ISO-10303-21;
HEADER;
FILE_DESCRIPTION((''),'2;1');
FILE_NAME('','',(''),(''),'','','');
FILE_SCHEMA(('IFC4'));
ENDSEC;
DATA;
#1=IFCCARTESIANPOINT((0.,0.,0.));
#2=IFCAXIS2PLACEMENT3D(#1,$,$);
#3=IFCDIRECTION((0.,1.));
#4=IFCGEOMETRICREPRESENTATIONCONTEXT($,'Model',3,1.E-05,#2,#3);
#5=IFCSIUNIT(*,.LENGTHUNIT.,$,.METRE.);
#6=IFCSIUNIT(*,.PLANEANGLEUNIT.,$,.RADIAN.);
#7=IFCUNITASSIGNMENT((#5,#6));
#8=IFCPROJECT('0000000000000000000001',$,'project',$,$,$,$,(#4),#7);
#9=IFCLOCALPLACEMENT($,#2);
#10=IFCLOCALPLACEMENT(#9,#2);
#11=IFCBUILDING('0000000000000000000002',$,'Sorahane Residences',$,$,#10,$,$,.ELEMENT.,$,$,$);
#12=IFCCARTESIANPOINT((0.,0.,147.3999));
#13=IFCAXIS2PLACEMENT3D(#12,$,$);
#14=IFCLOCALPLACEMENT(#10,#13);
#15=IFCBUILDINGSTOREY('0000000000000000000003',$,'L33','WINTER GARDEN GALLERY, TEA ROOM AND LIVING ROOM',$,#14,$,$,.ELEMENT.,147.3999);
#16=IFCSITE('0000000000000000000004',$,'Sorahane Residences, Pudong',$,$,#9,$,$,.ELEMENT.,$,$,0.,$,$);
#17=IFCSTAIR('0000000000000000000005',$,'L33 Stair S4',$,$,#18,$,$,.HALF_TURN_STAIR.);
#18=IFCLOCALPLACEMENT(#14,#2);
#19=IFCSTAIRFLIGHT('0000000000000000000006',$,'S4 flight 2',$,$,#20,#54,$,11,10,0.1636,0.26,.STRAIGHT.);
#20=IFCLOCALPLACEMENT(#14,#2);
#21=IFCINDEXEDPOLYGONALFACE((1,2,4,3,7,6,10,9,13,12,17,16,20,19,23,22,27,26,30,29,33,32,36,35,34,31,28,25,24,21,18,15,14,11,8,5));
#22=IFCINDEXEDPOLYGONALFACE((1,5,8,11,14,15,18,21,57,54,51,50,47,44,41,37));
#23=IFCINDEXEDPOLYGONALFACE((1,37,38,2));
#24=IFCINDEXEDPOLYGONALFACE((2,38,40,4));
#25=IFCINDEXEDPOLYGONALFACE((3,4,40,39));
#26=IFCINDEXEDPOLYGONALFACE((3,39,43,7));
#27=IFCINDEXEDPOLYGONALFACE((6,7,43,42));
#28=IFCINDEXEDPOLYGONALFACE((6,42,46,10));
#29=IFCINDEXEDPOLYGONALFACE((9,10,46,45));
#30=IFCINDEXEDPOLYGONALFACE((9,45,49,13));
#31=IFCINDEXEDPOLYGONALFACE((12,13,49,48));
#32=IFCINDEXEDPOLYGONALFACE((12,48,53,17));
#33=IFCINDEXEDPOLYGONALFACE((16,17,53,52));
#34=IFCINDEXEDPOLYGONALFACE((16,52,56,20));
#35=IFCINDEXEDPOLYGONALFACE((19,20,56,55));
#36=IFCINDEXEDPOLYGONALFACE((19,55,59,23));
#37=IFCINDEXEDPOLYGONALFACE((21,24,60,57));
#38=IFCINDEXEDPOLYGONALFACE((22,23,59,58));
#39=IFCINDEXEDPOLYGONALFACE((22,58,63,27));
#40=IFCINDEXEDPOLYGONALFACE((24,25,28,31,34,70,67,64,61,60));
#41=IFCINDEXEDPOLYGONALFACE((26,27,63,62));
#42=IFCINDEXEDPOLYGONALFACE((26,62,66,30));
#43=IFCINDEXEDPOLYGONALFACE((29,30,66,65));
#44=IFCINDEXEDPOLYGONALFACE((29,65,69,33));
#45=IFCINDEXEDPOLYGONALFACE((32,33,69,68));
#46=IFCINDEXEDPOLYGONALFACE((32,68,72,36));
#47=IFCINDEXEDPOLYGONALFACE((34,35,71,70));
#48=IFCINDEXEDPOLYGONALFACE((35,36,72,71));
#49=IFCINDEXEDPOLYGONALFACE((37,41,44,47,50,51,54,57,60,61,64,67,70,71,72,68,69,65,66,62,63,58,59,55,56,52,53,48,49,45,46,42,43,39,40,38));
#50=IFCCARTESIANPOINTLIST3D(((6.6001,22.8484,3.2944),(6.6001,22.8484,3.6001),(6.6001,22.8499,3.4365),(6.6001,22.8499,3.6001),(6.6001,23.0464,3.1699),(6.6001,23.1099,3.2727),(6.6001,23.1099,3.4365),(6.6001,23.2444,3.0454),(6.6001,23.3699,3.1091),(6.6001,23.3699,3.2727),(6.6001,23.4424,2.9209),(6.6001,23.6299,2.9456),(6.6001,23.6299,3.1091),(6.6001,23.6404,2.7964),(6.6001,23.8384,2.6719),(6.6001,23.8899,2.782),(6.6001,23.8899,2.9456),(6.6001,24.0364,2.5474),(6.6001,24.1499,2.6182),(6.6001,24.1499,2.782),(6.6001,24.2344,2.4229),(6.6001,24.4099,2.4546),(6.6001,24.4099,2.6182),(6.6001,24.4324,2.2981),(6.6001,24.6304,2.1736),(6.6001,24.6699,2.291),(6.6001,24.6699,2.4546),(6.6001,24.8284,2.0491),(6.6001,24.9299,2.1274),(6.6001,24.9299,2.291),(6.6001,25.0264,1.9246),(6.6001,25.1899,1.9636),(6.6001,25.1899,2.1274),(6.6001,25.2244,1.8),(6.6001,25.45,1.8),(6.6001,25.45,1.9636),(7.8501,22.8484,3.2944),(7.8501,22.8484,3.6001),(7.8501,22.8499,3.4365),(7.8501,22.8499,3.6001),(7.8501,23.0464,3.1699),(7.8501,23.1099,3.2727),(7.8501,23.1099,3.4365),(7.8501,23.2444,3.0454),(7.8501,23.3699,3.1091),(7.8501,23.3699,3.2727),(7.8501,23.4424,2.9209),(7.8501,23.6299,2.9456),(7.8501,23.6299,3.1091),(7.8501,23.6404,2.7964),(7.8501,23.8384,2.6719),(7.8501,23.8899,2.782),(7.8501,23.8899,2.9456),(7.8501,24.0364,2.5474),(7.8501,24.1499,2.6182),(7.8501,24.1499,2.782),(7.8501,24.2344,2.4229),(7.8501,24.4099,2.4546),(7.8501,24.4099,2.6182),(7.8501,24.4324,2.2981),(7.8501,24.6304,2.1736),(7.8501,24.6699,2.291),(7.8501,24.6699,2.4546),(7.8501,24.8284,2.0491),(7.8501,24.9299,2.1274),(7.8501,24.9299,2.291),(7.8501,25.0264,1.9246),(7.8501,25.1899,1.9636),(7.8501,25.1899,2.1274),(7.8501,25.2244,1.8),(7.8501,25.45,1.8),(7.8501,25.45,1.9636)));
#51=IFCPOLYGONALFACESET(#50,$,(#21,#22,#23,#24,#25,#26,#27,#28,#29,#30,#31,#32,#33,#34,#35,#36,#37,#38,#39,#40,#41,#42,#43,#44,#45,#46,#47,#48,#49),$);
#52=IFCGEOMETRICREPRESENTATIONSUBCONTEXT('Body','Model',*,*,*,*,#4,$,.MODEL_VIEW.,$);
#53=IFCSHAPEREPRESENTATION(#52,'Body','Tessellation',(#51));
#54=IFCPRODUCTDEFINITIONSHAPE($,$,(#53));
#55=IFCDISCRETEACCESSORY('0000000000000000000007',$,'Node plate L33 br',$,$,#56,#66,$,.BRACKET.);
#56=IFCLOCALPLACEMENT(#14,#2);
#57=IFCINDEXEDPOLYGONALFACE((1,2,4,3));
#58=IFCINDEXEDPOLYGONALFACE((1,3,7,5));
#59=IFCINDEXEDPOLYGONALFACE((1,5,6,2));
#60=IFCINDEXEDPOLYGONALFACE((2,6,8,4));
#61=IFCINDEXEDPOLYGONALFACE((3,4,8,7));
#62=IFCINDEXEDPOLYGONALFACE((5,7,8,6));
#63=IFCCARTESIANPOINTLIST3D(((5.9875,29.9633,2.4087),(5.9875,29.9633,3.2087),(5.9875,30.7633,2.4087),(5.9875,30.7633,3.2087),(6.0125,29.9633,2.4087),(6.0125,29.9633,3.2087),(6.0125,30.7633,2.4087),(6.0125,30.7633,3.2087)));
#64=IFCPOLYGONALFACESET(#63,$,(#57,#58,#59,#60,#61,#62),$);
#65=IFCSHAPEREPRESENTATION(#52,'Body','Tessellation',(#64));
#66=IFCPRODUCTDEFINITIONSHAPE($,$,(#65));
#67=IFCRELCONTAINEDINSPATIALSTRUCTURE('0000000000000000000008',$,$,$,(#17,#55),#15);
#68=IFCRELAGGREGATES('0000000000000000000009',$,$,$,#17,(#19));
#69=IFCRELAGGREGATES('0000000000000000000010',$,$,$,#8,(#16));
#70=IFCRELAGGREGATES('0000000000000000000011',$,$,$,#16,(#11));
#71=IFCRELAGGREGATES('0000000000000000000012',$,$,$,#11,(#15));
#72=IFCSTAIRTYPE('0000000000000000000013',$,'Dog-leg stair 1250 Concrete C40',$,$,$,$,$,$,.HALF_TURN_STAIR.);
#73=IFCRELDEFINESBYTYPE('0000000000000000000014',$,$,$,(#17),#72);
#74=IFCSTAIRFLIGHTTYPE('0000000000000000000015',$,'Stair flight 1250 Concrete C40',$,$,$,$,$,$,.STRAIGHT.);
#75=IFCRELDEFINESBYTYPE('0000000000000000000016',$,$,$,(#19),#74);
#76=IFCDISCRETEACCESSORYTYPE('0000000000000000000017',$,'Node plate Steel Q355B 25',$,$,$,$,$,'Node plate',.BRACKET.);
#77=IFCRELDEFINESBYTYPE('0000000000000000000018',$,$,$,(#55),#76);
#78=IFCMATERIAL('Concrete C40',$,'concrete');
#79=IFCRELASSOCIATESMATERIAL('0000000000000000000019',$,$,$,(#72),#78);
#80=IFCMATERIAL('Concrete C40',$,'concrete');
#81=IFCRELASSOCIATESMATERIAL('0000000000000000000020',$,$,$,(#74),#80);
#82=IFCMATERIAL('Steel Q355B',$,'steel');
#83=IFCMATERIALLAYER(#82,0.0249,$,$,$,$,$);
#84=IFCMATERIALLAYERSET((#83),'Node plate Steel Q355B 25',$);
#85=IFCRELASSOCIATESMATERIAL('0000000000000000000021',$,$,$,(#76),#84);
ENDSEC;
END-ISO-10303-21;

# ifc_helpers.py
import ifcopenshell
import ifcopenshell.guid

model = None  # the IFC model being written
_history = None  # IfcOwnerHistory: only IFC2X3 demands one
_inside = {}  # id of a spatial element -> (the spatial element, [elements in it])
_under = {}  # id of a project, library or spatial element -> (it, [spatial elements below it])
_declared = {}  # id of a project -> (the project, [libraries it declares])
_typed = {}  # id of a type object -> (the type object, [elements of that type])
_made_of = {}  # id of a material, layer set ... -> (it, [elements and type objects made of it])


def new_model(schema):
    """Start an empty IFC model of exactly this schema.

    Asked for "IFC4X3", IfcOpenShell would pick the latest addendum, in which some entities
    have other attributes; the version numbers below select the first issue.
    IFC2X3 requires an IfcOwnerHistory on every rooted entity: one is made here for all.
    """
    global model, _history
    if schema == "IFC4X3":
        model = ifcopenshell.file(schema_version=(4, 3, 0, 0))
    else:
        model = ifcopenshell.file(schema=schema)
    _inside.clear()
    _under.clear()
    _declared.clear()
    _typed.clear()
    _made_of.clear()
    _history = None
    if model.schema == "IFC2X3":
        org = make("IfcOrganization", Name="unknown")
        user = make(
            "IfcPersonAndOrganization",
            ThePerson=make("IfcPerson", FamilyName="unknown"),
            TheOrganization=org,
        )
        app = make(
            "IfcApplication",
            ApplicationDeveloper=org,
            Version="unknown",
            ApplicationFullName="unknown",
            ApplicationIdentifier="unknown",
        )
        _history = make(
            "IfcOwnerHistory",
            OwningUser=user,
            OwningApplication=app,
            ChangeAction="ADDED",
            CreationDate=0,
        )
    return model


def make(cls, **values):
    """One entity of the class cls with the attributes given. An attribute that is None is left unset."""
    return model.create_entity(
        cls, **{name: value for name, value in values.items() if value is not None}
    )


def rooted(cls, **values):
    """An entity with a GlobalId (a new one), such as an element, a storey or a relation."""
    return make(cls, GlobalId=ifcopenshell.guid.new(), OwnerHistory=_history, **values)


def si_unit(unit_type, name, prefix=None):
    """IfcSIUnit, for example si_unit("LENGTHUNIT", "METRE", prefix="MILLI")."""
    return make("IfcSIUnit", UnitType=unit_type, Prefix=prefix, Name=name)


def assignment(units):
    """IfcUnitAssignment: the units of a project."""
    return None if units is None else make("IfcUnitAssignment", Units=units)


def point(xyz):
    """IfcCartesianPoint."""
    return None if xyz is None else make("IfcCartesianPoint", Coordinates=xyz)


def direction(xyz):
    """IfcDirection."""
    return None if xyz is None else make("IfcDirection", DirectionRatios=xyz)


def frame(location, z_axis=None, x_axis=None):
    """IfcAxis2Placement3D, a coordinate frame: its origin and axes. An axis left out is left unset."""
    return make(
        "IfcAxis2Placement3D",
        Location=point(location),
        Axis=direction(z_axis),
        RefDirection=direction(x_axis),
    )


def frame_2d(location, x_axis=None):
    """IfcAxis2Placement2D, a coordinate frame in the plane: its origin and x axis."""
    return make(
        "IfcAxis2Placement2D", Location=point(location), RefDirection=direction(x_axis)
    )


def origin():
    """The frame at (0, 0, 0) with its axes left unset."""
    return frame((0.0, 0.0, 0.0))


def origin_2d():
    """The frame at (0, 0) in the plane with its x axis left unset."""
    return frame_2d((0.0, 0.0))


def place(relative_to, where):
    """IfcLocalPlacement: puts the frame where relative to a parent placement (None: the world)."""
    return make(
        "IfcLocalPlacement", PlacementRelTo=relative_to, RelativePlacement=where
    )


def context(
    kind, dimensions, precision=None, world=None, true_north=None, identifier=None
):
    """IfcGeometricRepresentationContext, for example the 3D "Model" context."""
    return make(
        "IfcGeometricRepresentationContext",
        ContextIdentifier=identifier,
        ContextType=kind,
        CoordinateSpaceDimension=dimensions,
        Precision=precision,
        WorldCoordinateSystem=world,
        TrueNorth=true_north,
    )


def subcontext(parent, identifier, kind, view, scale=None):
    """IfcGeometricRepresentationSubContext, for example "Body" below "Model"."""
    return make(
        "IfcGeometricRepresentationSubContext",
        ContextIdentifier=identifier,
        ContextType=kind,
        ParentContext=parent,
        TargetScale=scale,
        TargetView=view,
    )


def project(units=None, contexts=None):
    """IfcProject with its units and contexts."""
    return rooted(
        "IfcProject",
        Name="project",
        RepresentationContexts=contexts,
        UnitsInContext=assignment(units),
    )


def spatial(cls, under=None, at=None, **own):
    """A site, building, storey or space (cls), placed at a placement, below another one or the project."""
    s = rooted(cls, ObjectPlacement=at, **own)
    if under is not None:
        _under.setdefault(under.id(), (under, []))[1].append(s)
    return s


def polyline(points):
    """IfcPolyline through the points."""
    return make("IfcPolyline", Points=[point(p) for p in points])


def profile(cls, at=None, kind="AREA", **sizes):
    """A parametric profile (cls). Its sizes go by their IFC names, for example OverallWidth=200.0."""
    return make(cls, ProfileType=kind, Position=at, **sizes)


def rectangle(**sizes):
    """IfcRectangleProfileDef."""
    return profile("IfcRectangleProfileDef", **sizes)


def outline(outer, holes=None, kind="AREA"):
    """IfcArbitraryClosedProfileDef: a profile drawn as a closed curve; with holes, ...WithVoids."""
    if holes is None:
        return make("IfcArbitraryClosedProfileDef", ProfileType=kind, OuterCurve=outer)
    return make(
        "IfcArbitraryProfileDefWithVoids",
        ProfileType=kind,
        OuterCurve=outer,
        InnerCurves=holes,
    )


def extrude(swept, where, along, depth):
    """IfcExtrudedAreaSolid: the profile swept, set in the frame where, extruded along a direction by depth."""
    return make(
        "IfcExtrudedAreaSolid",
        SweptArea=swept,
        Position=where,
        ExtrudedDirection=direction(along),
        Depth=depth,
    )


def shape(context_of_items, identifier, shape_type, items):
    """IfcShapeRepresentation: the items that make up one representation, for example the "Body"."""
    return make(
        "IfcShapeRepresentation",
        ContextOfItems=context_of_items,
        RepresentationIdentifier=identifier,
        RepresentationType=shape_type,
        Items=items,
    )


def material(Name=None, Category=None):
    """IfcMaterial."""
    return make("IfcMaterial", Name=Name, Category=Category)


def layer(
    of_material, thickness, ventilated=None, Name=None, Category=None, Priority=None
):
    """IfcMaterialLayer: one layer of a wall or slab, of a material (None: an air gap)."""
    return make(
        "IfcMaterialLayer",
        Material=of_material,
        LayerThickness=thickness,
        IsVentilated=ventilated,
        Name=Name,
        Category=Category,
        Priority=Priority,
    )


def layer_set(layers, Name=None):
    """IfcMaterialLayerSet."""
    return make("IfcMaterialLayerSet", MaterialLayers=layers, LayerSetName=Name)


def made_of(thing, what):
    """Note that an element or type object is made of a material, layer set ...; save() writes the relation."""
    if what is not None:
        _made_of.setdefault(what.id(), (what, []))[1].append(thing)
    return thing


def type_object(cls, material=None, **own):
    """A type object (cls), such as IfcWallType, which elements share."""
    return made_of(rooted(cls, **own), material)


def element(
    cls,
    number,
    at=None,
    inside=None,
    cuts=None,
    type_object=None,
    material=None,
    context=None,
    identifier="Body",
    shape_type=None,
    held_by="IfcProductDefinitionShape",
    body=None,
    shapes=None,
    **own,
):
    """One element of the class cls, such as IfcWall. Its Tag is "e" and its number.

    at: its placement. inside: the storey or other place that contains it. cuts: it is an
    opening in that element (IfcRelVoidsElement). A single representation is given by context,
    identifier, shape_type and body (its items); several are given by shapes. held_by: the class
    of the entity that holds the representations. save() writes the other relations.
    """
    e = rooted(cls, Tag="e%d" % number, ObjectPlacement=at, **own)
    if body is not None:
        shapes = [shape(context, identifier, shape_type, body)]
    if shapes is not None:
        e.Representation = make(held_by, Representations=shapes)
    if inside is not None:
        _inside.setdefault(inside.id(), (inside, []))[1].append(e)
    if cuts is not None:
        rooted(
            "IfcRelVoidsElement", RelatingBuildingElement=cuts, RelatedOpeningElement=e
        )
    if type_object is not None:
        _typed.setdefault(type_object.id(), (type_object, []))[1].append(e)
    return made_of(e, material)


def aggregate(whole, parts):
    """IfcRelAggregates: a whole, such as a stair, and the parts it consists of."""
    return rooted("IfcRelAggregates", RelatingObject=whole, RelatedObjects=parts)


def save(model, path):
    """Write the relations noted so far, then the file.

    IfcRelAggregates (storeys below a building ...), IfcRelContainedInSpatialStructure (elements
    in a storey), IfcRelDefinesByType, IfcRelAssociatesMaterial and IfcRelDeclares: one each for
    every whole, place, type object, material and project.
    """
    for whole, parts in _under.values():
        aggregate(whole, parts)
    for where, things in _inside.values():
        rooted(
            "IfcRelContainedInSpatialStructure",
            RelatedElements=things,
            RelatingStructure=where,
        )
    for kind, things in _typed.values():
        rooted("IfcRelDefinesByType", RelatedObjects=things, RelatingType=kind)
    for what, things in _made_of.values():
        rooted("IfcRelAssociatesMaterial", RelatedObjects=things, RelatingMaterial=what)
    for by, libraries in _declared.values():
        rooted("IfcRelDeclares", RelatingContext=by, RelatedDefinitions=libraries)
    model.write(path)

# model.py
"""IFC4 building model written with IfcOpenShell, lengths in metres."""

from ifc_helpers import new_model, si_unit, direction, frame, origin, origin_2d, place, context, subcontext, project, spatial, polyline, rectangle, outline, extrude, material, layer, layer_set, type_object, element, aggregate, save


model = new_model("IFC4")

# Units and contexts
model_context = context("Model", 3, precision=1e-05, world=origin(), true_north=direction((0.0, 1.0)))
body_context = subcontext(model_context, "Body", "Model", "MODEL_VIEW")
ifc_project = project(units=[si_unit("LENGTHUNIT", "METRE"), si_unit("PLANEANGLEUNIT", "RADIAN")], contexts=[model_context])

# Site, building, storey
site_placement = place(None, origin())
site = spatial("IfcSite", under=ifc_project, at=site_placement, Name="Sorahane Residences, Pudong", CompositionType="ELEMENT", RefElevation=0.0)
building_placement = place(site_placement, origin())
building = spatial("IfcBuilding", under=site, at=building_placement, Name="Sorahane Residences", CompositionType="ELEMENT")
storey_placement = place(building_placement, frame((0.0, 0.0, 147.3999)))
storey = spatial("IfcBuildingStorey", under=building, at=storey_placement, Name="L33", Description="WINTER GARDEN GALLERY, TEA ROOM AND LIVING ROOM", CompositionType="ELEMENT", Elevation=147.3999)

# Stair, stair flight
ifc_material_1 = material(Name="Concrete C40", Category="concrete")
stair_type = type_object("IfcStairType", Name="Dog-leg stair 1250 Concrete C40", PredefinedType="HALF_TURN_STAIR", material=ifc_material_1)
stair_placement = place(storey_placement, origin())
stair = element("IfcStair", 1, at=stair_placement, inside=storey, type_object=stair_type, Name="L33 Stair S4", PredefinedType="HALF_TURN_STAIR")
ifc_material_2 = material(Name="Concrete C40", Category="concrete")
stair_flight_type = type_object("IfcStairFlightType", Name="Stair flight 1250 Concrete C40", PredefinedType="STRAIGHT", material=ifc_material_2)
stair_flight_placement = place(storey_placement, frame((7.2251, 25.45, 1.8), z_axis=(0.0, 0.0, 1.0), x_axis=(0.0, -1.0, 0.0)))
stair_flight = element("IfcStairFlight", 2, at=stair_flight_placement, type_object=stair_flight_type, Name="S4 flight 2", NumberOfRisers=11, NumberOfTreads=10, PredefinedType="STRAIGHT", RiserHeight=0.1636, TreadLength=0.26, context=body_context, shape_type="SweptSolid", body=[
    extrude(outline(polyline([(0.0, 0.0), (0.0, 0.1636), (0.26, 0.1636), (0.26, 0.3274), (0.52, 0.3274), (0.52, 0.491), (0.78, 0.491), (0.78, 0.6545), (1.04, 0.6545), (1.04, 0.8181), (1.3, 0.8181), (1.3, 0.9819), (1.5601, 0.9819), (1.5601, 1.1455), (1.8201, 1.1455), (1.8201, 1.3091), (2.0801, 1.3091), (2.0801, 1.4727), (2.3401, 1.4727), (2.3401, 1.6365), (2.6001, 1.6365), (2.6001, 1.8), (2.6016, 1.8), (2.6016, 1.4944), (2.4036, 1.3699), (2.2056, 1.2454), (2.0076, 1.1208), (1.8096, 0.9963), (1.6116, 0.8718), (1.4136, 0.7473), (1.2156, 0.6228), (1.0176, 0.498), (0.8196, 0.3735), (0.6216, 0.249), (0.4236, 0.1245), (0.2256, 0.0), (0.0, 0.0)])), frame((0.0, 0.625, 0.0), z_axis=(0.0, -1.0, 0.0), x_axis=(1.0, 0.0, 0.0)), (0.0, 0.0, 1.0), 1.25),
])
aggregate(stair, [stair_flight])

# Discrete accessory
ifc_material_3 = material(Name="Steel Q355B", Category="steel")
ifc_layer_1 = layer(ifc_material_3, 0.0249)
ifc_layer_set_1 = layer_set([ifc_layer_1], Name="Node plate Steel Q355B 25")
discrete_accessory_type = type_object("IfcDiscreteAccessoryType", Name="Node plate Steel Q355B 25", ElementType="Node plate", PredefinedType="BRACKET", material=ifc_layer_set_1)
discrete_accessory_placement = place(storey_placement, frame((6.0, 30.3633, 2.4087), z_axis=(0.0, 0.0, 1.0), x_axis=(0.0, 1.0, 0.0)))
element("IfcDiscreteAccessory", 3, at=discrete_accessory_placement, inside=storey, type_object=discrete_accessory_type, Name="Node plate L33 br", PredefinedType="BRACKET", context=body_context, shape_type="SweptSolid", body=[
    extrude(rectangle(XDim=0.8, YDim=0.0249, at=origin_2d()), origin(), (0.0, 0.0, 1.0), 0.8),
])

save(model, "model.ifc")
